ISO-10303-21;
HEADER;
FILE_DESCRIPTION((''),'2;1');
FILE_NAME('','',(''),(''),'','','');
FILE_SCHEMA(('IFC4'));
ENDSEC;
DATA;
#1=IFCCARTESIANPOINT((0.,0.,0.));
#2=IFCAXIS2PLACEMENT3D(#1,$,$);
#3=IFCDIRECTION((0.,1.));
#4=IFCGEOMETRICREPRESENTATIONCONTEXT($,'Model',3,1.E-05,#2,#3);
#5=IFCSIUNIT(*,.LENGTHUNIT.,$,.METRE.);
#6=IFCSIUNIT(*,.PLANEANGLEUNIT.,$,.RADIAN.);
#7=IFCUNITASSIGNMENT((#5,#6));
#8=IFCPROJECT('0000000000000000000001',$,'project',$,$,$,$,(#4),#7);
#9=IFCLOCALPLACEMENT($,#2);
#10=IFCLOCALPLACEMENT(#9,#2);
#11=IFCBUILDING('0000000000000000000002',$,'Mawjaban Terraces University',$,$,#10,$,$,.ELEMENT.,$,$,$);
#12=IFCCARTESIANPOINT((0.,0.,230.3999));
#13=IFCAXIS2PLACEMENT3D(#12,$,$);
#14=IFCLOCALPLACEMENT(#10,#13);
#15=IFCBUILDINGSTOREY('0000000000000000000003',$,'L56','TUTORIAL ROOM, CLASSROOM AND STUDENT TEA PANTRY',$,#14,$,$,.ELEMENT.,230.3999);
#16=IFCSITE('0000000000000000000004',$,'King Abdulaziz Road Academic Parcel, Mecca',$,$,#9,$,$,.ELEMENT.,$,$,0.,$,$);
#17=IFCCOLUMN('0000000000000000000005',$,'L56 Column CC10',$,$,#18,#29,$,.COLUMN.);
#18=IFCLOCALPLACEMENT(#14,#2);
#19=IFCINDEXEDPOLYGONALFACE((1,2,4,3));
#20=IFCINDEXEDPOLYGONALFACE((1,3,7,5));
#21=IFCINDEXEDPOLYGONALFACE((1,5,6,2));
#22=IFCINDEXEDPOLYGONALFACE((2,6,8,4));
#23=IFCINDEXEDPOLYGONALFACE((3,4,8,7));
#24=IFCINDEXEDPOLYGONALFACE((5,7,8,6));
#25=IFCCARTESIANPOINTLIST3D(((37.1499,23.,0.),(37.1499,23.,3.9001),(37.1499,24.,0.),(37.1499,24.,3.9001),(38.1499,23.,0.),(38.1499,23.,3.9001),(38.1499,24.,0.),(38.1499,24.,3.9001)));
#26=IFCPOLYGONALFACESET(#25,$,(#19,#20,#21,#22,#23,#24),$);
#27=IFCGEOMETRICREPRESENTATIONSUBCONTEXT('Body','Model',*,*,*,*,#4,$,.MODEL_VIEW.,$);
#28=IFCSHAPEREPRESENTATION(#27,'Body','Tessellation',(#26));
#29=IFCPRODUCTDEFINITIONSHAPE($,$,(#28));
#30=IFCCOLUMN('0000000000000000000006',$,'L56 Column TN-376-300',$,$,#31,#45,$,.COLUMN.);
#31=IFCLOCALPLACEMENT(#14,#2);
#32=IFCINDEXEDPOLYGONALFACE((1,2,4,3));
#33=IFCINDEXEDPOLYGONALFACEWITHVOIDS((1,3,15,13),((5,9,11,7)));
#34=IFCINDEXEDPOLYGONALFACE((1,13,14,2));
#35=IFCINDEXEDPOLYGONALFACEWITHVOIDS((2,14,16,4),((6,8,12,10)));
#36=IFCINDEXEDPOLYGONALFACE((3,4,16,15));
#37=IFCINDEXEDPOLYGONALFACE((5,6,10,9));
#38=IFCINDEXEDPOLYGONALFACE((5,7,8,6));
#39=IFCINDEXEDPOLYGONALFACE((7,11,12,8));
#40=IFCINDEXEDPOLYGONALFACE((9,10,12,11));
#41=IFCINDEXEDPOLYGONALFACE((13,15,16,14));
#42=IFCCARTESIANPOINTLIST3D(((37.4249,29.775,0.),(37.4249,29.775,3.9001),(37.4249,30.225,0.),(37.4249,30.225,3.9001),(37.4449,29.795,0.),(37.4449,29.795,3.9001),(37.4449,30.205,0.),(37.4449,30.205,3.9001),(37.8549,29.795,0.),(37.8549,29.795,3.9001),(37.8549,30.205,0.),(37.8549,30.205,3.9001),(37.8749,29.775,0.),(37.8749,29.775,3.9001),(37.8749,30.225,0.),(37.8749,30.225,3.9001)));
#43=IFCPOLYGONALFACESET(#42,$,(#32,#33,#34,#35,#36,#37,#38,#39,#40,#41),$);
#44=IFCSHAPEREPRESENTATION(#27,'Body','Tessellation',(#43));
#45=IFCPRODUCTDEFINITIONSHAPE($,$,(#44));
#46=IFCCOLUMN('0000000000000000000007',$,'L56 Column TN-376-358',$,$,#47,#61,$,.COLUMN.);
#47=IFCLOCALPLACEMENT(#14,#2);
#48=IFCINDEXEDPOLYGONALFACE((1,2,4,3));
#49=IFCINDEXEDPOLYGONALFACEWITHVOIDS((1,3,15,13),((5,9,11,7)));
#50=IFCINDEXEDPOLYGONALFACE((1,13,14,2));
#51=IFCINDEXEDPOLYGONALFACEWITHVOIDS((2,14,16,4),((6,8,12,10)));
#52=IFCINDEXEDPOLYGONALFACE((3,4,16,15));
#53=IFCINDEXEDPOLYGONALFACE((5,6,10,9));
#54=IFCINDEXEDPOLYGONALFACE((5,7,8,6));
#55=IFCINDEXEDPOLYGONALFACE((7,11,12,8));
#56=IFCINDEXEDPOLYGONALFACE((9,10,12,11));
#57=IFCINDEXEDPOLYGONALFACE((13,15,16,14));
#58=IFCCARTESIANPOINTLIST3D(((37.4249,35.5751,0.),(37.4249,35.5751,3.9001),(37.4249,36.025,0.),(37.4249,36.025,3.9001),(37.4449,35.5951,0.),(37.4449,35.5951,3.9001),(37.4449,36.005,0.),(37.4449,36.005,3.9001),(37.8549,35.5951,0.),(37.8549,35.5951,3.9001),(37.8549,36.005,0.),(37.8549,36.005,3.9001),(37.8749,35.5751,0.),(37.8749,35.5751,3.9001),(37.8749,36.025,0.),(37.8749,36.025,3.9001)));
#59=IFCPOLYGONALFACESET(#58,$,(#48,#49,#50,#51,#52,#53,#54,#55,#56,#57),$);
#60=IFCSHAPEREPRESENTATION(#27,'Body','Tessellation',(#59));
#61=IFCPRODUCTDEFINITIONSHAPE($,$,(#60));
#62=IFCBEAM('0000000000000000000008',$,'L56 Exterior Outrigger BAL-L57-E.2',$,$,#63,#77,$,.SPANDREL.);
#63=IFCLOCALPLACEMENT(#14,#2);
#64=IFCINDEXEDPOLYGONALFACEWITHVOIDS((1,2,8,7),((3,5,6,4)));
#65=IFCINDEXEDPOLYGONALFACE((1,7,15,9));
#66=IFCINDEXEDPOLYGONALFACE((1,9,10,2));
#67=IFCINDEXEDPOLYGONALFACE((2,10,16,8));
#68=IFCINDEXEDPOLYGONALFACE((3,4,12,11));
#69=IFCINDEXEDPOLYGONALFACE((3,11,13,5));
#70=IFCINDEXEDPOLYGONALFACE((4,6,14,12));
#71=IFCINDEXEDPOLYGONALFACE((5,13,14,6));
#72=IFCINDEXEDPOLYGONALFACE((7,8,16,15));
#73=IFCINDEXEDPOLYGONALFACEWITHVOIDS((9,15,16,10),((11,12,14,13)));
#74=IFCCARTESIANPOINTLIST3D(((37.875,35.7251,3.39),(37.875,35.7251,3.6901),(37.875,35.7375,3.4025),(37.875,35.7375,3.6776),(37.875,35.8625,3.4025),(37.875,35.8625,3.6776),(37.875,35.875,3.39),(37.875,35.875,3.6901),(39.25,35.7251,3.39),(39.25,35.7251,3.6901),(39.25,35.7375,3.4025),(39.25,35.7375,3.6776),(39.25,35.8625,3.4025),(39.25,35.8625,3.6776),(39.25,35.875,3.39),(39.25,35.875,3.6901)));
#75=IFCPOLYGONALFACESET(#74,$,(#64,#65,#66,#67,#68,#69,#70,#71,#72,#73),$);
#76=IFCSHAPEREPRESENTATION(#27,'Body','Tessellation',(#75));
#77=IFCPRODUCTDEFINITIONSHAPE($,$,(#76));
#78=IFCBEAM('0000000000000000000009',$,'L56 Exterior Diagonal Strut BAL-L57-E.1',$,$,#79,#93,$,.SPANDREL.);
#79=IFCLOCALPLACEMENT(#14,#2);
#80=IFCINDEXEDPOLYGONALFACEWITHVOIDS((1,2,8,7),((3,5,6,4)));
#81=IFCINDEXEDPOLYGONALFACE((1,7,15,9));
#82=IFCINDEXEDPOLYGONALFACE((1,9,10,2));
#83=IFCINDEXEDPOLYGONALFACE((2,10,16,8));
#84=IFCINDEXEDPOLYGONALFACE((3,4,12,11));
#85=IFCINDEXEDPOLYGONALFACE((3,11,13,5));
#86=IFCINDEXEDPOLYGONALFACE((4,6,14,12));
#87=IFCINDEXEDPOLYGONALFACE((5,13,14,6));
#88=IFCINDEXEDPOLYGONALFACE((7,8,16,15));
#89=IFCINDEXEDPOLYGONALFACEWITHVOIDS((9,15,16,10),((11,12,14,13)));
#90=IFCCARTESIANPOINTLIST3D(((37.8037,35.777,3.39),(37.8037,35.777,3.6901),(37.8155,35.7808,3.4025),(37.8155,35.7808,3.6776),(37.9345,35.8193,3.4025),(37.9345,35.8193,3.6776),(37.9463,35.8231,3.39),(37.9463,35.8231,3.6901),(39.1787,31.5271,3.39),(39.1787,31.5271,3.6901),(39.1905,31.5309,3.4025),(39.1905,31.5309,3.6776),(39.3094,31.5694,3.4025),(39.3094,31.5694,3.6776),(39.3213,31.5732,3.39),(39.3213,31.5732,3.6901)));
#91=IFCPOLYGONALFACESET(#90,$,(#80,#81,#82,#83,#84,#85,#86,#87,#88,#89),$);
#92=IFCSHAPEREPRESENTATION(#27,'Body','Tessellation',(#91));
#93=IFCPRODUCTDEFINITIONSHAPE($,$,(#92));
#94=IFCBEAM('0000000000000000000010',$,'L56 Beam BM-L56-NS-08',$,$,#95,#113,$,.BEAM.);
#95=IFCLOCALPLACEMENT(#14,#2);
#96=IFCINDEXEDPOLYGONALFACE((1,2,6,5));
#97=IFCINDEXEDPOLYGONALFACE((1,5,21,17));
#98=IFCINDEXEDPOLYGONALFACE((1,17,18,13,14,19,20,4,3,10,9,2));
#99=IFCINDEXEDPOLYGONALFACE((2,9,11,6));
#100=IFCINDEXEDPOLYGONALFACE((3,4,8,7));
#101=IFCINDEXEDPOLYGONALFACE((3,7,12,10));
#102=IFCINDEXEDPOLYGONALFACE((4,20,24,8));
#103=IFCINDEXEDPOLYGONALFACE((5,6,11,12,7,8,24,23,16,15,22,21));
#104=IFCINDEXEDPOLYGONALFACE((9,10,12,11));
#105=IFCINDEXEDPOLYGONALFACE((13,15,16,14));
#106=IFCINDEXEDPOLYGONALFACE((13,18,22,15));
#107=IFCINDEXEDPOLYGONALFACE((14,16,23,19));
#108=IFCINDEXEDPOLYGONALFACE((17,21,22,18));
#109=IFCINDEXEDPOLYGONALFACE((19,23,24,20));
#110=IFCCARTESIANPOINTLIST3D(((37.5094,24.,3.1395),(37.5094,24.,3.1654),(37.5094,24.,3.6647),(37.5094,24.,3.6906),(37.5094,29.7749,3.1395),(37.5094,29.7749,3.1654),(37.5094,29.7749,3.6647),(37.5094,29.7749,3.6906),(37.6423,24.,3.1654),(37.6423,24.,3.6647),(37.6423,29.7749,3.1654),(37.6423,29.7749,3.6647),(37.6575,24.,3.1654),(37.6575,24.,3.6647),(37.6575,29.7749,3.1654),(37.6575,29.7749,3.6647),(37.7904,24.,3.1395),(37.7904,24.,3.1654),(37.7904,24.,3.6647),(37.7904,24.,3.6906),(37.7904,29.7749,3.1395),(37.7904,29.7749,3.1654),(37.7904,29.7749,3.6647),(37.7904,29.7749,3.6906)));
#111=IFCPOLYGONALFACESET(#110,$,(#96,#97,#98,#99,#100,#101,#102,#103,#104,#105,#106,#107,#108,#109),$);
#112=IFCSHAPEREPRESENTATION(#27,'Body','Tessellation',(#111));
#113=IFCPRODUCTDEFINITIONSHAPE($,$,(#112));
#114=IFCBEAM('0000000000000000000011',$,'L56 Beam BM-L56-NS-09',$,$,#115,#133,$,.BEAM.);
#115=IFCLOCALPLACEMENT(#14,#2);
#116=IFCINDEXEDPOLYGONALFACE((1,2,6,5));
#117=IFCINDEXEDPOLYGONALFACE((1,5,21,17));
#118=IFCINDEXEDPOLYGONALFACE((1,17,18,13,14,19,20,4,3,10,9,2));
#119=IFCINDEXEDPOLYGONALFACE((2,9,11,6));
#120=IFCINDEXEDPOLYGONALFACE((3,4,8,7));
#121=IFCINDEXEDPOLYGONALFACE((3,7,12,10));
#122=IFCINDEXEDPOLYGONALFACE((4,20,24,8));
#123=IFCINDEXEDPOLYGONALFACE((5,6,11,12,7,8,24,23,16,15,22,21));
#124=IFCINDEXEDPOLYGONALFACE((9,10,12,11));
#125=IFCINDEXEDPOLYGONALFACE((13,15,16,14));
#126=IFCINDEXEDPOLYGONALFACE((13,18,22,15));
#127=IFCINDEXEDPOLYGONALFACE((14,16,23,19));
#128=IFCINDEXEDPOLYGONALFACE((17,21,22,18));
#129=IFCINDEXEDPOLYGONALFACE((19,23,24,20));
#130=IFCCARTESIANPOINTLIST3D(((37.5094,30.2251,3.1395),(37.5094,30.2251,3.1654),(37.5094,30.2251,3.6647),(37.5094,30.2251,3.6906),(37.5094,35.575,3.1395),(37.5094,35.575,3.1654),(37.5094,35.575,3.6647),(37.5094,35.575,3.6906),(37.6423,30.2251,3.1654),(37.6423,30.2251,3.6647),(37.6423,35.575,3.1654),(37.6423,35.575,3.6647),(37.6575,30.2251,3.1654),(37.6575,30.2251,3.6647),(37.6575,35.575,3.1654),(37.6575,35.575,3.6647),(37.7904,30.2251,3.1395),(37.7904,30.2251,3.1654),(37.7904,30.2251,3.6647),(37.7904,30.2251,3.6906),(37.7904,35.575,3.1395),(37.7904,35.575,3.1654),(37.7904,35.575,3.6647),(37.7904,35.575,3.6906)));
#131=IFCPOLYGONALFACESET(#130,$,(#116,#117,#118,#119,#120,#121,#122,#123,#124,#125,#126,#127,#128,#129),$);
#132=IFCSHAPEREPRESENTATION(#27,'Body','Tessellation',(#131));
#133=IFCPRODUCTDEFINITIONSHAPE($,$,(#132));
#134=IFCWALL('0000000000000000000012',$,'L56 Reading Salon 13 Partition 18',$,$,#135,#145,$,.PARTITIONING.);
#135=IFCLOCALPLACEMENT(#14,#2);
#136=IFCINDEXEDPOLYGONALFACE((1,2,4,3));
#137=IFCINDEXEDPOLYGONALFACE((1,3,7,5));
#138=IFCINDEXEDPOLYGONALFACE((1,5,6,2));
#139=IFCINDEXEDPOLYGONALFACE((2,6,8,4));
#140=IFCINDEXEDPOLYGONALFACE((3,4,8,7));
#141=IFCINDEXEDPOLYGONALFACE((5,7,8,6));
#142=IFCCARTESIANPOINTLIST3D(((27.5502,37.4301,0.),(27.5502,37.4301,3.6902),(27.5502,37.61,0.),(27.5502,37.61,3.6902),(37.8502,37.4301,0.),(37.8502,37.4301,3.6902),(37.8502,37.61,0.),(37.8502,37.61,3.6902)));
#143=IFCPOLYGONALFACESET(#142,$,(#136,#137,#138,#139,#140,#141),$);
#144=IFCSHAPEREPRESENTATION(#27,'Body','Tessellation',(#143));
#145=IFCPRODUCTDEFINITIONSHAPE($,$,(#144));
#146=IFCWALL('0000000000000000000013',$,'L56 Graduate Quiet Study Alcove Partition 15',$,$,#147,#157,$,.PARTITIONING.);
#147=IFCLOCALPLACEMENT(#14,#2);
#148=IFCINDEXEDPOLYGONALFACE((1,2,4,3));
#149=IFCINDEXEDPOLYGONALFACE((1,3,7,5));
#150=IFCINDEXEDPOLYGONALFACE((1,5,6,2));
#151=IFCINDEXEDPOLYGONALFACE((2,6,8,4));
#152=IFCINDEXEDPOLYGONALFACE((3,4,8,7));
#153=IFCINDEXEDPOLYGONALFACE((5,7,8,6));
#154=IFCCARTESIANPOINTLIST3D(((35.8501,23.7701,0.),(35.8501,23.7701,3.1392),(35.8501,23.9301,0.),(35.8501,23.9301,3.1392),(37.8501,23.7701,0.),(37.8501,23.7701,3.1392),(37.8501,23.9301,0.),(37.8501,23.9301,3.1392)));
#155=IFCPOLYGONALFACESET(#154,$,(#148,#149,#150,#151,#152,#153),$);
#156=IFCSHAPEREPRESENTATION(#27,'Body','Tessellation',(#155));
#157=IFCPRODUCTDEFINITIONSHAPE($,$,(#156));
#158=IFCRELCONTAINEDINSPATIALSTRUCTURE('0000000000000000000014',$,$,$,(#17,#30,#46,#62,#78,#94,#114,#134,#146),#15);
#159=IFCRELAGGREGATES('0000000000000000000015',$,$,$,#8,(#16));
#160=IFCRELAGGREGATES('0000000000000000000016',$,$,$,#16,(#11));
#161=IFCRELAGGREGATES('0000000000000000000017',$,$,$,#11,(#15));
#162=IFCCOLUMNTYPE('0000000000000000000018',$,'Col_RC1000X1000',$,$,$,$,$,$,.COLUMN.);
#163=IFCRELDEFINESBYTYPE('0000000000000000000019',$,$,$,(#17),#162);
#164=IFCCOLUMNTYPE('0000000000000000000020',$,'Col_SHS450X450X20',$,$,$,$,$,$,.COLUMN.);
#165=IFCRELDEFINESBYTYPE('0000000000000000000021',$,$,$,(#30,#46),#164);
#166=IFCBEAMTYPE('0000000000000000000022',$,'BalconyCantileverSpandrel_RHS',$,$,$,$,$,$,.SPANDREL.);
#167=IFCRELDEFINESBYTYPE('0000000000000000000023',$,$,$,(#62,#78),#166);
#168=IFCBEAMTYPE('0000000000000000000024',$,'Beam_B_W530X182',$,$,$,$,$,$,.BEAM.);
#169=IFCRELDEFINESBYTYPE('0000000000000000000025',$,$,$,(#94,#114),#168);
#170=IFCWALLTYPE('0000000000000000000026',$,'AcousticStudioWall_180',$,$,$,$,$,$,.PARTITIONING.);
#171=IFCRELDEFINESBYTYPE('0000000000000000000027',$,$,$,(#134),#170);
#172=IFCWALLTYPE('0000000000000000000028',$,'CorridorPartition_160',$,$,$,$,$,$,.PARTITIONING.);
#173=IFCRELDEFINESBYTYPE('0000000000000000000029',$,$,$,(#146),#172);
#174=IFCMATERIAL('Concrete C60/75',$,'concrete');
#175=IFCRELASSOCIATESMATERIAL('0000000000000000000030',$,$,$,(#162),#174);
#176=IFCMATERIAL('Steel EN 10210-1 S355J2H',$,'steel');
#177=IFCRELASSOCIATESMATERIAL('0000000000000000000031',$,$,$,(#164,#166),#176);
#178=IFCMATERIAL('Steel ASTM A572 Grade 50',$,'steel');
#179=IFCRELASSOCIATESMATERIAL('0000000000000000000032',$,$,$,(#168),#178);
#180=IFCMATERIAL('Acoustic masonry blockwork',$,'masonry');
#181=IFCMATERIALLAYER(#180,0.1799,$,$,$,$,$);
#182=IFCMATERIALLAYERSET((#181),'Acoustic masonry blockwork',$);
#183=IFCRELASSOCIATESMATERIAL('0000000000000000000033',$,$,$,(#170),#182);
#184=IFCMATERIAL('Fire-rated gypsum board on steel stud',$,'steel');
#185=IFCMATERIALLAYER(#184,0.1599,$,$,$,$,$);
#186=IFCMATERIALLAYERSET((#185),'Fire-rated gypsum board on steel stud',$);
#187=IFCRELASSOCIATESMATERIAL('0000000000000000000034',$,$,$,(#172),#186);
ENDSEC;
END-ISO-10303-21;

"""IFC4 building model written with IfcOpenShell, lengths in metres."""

from ifc_helpers import new_model, si_unit, direction, frame, frame_2d, origin, origin_2d, place, context, subcontext, project, spatial, rectangle, hollow_rectangle, i_section, extrude, material, layer, layer_set, material_profile, profile_set, type_object, element, save


model = new_model("IFC4")

# Units and contexts
model_context = context("Model", 3, precision=1e-05, world=origin(), true_north=direction((0.0, 1.0)))
body_context = subcontext(model_context, "Body", "Model", "MODEL_VIEW")
ifc_project = project(units=[si_unit("LENGTHUNIT", "METRE"), si_unit("PLANEANGLEUNIT", "RADIAN")], contexts=[model_context])

# Site, building, storey
site_placement = place(None, origin())
site = spatial("IfcSite", under=ifc_project, at=site_placement, Name="King Abdulaziz Road Academic Parcel, Mecca", CompositionType="ELEMENT", RefElevation=0.0)
building_placement = place(site_placement, origin())
building = spatial("IfcBuilding", under=site, at=building_placement, Name="Mawjaban Terraces University", CompositionType="ELEMENT")
storey_placement = place(building_placement, frame((0.0, 0.0, 230.3999)))
storey = spatial("IfcBuildingStorey", under=building, at=storey_placement, Name="L56", Description="TUTORIAL ROOM, CLASSROOM AND STUDENT TEA PANTRY", CompositionType="ELEMENT", Elevation=230.3999)

# Columns
ifc_material_1 = material(Name="Concrete C60/75", Category="concrete")
ifc_material_profile_1 = material_profile(ifc_material_1, rectangle(XDim=1.0, YDim=1.0, at=origin_2d()), Name="RC1000X1000")
ifc_profile_set_1 = profile_set([ifc_material_profile_1], Name="Concrete C60/75")
column_type_1 = type_object("IfcColumnType", Name="Col_RC1000X1000", PredefinedType="COLUMN", material=ifc_profile_set_1)
column_placement = place(storey_placement, frame((37.6499, 23.5, 0.0), z_axis=(0.0, 0.0, 1.0), x_axis=(1.0, 0.0, 0.0)))
element("IfcColumn", 1, at=column_placement, inside=storey, type_object=column_type_1, Name="L56 Column CC10", PredefinedType="COLUMN", context=body_context, shape_type="SweptSolid", body=[
    extrude(rectangle(XDim=1.0, YDim=1.0, at=origin_2d()), origin(), (0.0, 0.0, 1.0), 3.9001),
])
ifc_material_2 = material(Name="Steel EN 10210-1 S355J2H", Category="steel")
ifc_material_profile_2 = material_profile(ifc_material_2, hollow_rectangle(XDim=0.45, YDim=0.45, WallThickness=0.02, at=origin_2d()), Name="SHS450X450X20")
ifc_profile_set_2 = profile_set([ifc_material_profile_2], Name="Steel EN 10210-1 S355J2H")
column_type_2 = type_object("IfcColumnType", Name="Col_SHS450X450X20", PredefinedType="COLUMN", material=ifc_profile_set_2)
for number, where, z_axis, x_axis, name in (
    (2, (37.6499, 30.0, 0.0), (0.0, 0.0, 1.0), (1.0, 0.0, 0.0), "L56 Column TN-376-300"),
    (3, (37.6499, 35.8, 0.0), (0.0, 0.0, 1.0), (1.0, 0.0, 0.0), "L56 Column TN-376-358"),
):
    element("IfcColumn", number, at=place(storey_placement, frame(where, z_axis=z_axis, x_axis=x_axis)), inside=storey, type_object=column_type_2, Name=name, PredefinedType="COLUMN", context=body_context, shape_type="SweptSolid", body=[
        extrude(hollow_rectangle(XDim=0.45, YDim=0.45, WallThickness=0.02, at=origin_2d()), origin(), (0.0, 0.0, 1.0), 3.9001),
    ])

# Beams
ifc_material_profile_3 = material_profile(ifc_material_2, hollow_rectangle(XDim=0.1499, YDim=0.3, WallThickness=0.0125, at=origin_2d()), Name="RHS300X150X12.5")
ifc_profile_set_3 = profile_set([ifc_material_profile_3], Name="Steel EN 10210-1 S355J2H")
beam_type_1 = type_object("IfcBeamType", Name="BalconyCantileverSpandrel_RHS", PredefinedType="SPANDREL", material=ifc_profile_set_3)
beam_1_placement = place(storey_placement, frame((37.875, 35.8, 3.54), z_axis=(1.0, 0.0, 0.0), x_axis=(0.0, 1.0, 0.0)))
element("IfcBeam", 4, at=beam_1_placement, inside=storey, type_object=beam_type_1, Name="L56 Exterior Outrigger BAL-L57-E.2", PredefinedType="SPANDREL", context=body_context, shape_type="SweptSolid", body=[
    extrude(hollow_rectangle(XDim=0.1499, YDim=0.3, WallThickness=0.0125, at=origin_2d()), origin(), (0.0, 0.0, 1.0), 1.375),
])
beam_2_placement = place(storey_placement, frame((37.875, 35.8, 3.54), z_axis=(0.30782, -0.951445, 0.0), x_axis=(0.951445, 0.30782, 0.0)))
element("IfcBeam", 5, at=beam_2_placement, inside=storey, type_object=beam_type_1, Name="L56 Exterior Diagonal Strut BAL-L57-E.1", PredefinedType="SPANDREL", context=body_context, shape_type="SweptSolid", body=[
    extrude(hollow_rectangle(XDim=0.1499, YDim=0.3, WallThickness=0.0125, at=origin_2d()), origin(), (0.0, 0.0, 1.0), 4.4668),
])
ifc_material_3 = material(Name="Steel ASTM A572 Grade 50", Category="steel")
ifc_material_profile_4 = material_profile(ifc_material_3, i_section(OverallWidth=0.281, OverallDepth=0.551, WebThickness=0.0151, FlangeThickness=0.0259, at=origin_2d()), Name="W530X182")
ifc_profile_set_4 = profile_set([ifc_material_profile_4], Name="Steel ASTM A572 Grade 50")
beam_type_2 = type_object("IfcBeamType", Name="Beam_B_W530X182", PredefinedType="BEAM", material=ifc_profile_set_4)
beam_3_placement = place(storey_placement, frame((37.6499, 24.0, 3.415), z_axis=(0.0, 1.0, 0.0), x_axis=(-1.0, 0.0, 0.0)))
element("IfcBeam", 6, at=beam_3_placement, inside=storey, type_object=beam_type_2, Name="L56 Beam BM-L56-NS-08", PredefinedType="BEAM", context=body_context, shape_type="SweptSolid", body=[
    extrude(i_section(OverallWidth=0.281, OverallDepth=0.551, WebThickness=0.0151, FlangeThickness=0.0259, at=origin_2d()), origin(), (0.0, 0.0, 1.0), 5.7749),
])
beam_4_placement = place(storey_placement, frame((37.6499, 30.2251, 3.415), z_axis=(0.0, 1.0, 0.0), x_axis=(-1.0, 0.0, 0.0)))
element("IfcBeam", 7, at=beam_4_placement, inside=storey, type_object=beam_type_2, Name="L56 Beam BM-L56-NS-09", PredefinedType="BEAM", context=body_context, shape_type="SweptSolid", body=[
    extrude(i_section(OverallWidth=0.281, OverallDepth=0.551, WebThickness=0.0151, FlangeThickness=0.0259, at=origin_2d()), origin(), (0.0, 0.0, 1.0), 5.3499),
])

# Walls
ifc_material_4 = material(Name="Acoustic masonry blockwork", Category="masonry")
ifc_layer_1 = layer(ifc_material_4, 0.1799)
ifc_layer_set_1 = layer_set([ifc_layer_1], Name="Acoustic masonry blockwork")
wall_type_1 = type_object("IfcWallType", Name="AcousticStudioWall_180", PredefinedType="PARTITIONING", material=ifc_layer_set_1)
wall_1_placement = place(storey_placement, frame((37.8501, 37.52, 0.0), z_axis=(0.0, 0.0, 1.0), x_axis=(-1.0, 0.0, 0.0)))
element("IfcWall", 8, at=wall_1_placement, inside=storey, type_object=wall_type_1, Name="L56 Reading Salon 13 Partition 18", PredefinedType="PARTITIONING", context=body_context, shape_type="SweptSolid", body=[
    extrude(rectangle(XDim=10.3, YDim=0.1799, at=frame_2d((5.1499, 0.0))), origin(), (0.0, 0.0, 1.0), 3.6902),
])
ifc_material_5 = material(Name="Fire-rated gypsum board on steel stud", Category="steel")
ifc_layer_2 = layer(ifc_material_5, 0.1599)
ifc_layer_set_2 = layer_set([ifc_layer_2], Name="Fire-rated gypsum board on steel stud")
wall_type_2 = type_object("IfcWallType", Name="CorridorPartition_160", PredefinedType="PARTITIONING", material=ifc_layer_set_2)
wall_2_placement = place(storey_placement, frame((37.8501, 23.8501, 0.0), z_axis=(0.0, 0.0, 1.0), x_axis=(-1.0, 0.0, 0.0)))
element("IfcWall", 9, at=wall_2_placement, inside=storey, type_object=wall_type_2, Name="L56 Graduate Quiet Study Alcove Partition 15", PredefinedType="PARTITIONING", context=body_context, shape_type="SweptSolid", body=[
    extrude(rectangle(XDim=2.0, YDim=0.1599, at=frame_2d((1.0, 0.0))), origin(), (0.0, 0.0, 1.0), 3.1392),
])

save(model, "model.ifc")
